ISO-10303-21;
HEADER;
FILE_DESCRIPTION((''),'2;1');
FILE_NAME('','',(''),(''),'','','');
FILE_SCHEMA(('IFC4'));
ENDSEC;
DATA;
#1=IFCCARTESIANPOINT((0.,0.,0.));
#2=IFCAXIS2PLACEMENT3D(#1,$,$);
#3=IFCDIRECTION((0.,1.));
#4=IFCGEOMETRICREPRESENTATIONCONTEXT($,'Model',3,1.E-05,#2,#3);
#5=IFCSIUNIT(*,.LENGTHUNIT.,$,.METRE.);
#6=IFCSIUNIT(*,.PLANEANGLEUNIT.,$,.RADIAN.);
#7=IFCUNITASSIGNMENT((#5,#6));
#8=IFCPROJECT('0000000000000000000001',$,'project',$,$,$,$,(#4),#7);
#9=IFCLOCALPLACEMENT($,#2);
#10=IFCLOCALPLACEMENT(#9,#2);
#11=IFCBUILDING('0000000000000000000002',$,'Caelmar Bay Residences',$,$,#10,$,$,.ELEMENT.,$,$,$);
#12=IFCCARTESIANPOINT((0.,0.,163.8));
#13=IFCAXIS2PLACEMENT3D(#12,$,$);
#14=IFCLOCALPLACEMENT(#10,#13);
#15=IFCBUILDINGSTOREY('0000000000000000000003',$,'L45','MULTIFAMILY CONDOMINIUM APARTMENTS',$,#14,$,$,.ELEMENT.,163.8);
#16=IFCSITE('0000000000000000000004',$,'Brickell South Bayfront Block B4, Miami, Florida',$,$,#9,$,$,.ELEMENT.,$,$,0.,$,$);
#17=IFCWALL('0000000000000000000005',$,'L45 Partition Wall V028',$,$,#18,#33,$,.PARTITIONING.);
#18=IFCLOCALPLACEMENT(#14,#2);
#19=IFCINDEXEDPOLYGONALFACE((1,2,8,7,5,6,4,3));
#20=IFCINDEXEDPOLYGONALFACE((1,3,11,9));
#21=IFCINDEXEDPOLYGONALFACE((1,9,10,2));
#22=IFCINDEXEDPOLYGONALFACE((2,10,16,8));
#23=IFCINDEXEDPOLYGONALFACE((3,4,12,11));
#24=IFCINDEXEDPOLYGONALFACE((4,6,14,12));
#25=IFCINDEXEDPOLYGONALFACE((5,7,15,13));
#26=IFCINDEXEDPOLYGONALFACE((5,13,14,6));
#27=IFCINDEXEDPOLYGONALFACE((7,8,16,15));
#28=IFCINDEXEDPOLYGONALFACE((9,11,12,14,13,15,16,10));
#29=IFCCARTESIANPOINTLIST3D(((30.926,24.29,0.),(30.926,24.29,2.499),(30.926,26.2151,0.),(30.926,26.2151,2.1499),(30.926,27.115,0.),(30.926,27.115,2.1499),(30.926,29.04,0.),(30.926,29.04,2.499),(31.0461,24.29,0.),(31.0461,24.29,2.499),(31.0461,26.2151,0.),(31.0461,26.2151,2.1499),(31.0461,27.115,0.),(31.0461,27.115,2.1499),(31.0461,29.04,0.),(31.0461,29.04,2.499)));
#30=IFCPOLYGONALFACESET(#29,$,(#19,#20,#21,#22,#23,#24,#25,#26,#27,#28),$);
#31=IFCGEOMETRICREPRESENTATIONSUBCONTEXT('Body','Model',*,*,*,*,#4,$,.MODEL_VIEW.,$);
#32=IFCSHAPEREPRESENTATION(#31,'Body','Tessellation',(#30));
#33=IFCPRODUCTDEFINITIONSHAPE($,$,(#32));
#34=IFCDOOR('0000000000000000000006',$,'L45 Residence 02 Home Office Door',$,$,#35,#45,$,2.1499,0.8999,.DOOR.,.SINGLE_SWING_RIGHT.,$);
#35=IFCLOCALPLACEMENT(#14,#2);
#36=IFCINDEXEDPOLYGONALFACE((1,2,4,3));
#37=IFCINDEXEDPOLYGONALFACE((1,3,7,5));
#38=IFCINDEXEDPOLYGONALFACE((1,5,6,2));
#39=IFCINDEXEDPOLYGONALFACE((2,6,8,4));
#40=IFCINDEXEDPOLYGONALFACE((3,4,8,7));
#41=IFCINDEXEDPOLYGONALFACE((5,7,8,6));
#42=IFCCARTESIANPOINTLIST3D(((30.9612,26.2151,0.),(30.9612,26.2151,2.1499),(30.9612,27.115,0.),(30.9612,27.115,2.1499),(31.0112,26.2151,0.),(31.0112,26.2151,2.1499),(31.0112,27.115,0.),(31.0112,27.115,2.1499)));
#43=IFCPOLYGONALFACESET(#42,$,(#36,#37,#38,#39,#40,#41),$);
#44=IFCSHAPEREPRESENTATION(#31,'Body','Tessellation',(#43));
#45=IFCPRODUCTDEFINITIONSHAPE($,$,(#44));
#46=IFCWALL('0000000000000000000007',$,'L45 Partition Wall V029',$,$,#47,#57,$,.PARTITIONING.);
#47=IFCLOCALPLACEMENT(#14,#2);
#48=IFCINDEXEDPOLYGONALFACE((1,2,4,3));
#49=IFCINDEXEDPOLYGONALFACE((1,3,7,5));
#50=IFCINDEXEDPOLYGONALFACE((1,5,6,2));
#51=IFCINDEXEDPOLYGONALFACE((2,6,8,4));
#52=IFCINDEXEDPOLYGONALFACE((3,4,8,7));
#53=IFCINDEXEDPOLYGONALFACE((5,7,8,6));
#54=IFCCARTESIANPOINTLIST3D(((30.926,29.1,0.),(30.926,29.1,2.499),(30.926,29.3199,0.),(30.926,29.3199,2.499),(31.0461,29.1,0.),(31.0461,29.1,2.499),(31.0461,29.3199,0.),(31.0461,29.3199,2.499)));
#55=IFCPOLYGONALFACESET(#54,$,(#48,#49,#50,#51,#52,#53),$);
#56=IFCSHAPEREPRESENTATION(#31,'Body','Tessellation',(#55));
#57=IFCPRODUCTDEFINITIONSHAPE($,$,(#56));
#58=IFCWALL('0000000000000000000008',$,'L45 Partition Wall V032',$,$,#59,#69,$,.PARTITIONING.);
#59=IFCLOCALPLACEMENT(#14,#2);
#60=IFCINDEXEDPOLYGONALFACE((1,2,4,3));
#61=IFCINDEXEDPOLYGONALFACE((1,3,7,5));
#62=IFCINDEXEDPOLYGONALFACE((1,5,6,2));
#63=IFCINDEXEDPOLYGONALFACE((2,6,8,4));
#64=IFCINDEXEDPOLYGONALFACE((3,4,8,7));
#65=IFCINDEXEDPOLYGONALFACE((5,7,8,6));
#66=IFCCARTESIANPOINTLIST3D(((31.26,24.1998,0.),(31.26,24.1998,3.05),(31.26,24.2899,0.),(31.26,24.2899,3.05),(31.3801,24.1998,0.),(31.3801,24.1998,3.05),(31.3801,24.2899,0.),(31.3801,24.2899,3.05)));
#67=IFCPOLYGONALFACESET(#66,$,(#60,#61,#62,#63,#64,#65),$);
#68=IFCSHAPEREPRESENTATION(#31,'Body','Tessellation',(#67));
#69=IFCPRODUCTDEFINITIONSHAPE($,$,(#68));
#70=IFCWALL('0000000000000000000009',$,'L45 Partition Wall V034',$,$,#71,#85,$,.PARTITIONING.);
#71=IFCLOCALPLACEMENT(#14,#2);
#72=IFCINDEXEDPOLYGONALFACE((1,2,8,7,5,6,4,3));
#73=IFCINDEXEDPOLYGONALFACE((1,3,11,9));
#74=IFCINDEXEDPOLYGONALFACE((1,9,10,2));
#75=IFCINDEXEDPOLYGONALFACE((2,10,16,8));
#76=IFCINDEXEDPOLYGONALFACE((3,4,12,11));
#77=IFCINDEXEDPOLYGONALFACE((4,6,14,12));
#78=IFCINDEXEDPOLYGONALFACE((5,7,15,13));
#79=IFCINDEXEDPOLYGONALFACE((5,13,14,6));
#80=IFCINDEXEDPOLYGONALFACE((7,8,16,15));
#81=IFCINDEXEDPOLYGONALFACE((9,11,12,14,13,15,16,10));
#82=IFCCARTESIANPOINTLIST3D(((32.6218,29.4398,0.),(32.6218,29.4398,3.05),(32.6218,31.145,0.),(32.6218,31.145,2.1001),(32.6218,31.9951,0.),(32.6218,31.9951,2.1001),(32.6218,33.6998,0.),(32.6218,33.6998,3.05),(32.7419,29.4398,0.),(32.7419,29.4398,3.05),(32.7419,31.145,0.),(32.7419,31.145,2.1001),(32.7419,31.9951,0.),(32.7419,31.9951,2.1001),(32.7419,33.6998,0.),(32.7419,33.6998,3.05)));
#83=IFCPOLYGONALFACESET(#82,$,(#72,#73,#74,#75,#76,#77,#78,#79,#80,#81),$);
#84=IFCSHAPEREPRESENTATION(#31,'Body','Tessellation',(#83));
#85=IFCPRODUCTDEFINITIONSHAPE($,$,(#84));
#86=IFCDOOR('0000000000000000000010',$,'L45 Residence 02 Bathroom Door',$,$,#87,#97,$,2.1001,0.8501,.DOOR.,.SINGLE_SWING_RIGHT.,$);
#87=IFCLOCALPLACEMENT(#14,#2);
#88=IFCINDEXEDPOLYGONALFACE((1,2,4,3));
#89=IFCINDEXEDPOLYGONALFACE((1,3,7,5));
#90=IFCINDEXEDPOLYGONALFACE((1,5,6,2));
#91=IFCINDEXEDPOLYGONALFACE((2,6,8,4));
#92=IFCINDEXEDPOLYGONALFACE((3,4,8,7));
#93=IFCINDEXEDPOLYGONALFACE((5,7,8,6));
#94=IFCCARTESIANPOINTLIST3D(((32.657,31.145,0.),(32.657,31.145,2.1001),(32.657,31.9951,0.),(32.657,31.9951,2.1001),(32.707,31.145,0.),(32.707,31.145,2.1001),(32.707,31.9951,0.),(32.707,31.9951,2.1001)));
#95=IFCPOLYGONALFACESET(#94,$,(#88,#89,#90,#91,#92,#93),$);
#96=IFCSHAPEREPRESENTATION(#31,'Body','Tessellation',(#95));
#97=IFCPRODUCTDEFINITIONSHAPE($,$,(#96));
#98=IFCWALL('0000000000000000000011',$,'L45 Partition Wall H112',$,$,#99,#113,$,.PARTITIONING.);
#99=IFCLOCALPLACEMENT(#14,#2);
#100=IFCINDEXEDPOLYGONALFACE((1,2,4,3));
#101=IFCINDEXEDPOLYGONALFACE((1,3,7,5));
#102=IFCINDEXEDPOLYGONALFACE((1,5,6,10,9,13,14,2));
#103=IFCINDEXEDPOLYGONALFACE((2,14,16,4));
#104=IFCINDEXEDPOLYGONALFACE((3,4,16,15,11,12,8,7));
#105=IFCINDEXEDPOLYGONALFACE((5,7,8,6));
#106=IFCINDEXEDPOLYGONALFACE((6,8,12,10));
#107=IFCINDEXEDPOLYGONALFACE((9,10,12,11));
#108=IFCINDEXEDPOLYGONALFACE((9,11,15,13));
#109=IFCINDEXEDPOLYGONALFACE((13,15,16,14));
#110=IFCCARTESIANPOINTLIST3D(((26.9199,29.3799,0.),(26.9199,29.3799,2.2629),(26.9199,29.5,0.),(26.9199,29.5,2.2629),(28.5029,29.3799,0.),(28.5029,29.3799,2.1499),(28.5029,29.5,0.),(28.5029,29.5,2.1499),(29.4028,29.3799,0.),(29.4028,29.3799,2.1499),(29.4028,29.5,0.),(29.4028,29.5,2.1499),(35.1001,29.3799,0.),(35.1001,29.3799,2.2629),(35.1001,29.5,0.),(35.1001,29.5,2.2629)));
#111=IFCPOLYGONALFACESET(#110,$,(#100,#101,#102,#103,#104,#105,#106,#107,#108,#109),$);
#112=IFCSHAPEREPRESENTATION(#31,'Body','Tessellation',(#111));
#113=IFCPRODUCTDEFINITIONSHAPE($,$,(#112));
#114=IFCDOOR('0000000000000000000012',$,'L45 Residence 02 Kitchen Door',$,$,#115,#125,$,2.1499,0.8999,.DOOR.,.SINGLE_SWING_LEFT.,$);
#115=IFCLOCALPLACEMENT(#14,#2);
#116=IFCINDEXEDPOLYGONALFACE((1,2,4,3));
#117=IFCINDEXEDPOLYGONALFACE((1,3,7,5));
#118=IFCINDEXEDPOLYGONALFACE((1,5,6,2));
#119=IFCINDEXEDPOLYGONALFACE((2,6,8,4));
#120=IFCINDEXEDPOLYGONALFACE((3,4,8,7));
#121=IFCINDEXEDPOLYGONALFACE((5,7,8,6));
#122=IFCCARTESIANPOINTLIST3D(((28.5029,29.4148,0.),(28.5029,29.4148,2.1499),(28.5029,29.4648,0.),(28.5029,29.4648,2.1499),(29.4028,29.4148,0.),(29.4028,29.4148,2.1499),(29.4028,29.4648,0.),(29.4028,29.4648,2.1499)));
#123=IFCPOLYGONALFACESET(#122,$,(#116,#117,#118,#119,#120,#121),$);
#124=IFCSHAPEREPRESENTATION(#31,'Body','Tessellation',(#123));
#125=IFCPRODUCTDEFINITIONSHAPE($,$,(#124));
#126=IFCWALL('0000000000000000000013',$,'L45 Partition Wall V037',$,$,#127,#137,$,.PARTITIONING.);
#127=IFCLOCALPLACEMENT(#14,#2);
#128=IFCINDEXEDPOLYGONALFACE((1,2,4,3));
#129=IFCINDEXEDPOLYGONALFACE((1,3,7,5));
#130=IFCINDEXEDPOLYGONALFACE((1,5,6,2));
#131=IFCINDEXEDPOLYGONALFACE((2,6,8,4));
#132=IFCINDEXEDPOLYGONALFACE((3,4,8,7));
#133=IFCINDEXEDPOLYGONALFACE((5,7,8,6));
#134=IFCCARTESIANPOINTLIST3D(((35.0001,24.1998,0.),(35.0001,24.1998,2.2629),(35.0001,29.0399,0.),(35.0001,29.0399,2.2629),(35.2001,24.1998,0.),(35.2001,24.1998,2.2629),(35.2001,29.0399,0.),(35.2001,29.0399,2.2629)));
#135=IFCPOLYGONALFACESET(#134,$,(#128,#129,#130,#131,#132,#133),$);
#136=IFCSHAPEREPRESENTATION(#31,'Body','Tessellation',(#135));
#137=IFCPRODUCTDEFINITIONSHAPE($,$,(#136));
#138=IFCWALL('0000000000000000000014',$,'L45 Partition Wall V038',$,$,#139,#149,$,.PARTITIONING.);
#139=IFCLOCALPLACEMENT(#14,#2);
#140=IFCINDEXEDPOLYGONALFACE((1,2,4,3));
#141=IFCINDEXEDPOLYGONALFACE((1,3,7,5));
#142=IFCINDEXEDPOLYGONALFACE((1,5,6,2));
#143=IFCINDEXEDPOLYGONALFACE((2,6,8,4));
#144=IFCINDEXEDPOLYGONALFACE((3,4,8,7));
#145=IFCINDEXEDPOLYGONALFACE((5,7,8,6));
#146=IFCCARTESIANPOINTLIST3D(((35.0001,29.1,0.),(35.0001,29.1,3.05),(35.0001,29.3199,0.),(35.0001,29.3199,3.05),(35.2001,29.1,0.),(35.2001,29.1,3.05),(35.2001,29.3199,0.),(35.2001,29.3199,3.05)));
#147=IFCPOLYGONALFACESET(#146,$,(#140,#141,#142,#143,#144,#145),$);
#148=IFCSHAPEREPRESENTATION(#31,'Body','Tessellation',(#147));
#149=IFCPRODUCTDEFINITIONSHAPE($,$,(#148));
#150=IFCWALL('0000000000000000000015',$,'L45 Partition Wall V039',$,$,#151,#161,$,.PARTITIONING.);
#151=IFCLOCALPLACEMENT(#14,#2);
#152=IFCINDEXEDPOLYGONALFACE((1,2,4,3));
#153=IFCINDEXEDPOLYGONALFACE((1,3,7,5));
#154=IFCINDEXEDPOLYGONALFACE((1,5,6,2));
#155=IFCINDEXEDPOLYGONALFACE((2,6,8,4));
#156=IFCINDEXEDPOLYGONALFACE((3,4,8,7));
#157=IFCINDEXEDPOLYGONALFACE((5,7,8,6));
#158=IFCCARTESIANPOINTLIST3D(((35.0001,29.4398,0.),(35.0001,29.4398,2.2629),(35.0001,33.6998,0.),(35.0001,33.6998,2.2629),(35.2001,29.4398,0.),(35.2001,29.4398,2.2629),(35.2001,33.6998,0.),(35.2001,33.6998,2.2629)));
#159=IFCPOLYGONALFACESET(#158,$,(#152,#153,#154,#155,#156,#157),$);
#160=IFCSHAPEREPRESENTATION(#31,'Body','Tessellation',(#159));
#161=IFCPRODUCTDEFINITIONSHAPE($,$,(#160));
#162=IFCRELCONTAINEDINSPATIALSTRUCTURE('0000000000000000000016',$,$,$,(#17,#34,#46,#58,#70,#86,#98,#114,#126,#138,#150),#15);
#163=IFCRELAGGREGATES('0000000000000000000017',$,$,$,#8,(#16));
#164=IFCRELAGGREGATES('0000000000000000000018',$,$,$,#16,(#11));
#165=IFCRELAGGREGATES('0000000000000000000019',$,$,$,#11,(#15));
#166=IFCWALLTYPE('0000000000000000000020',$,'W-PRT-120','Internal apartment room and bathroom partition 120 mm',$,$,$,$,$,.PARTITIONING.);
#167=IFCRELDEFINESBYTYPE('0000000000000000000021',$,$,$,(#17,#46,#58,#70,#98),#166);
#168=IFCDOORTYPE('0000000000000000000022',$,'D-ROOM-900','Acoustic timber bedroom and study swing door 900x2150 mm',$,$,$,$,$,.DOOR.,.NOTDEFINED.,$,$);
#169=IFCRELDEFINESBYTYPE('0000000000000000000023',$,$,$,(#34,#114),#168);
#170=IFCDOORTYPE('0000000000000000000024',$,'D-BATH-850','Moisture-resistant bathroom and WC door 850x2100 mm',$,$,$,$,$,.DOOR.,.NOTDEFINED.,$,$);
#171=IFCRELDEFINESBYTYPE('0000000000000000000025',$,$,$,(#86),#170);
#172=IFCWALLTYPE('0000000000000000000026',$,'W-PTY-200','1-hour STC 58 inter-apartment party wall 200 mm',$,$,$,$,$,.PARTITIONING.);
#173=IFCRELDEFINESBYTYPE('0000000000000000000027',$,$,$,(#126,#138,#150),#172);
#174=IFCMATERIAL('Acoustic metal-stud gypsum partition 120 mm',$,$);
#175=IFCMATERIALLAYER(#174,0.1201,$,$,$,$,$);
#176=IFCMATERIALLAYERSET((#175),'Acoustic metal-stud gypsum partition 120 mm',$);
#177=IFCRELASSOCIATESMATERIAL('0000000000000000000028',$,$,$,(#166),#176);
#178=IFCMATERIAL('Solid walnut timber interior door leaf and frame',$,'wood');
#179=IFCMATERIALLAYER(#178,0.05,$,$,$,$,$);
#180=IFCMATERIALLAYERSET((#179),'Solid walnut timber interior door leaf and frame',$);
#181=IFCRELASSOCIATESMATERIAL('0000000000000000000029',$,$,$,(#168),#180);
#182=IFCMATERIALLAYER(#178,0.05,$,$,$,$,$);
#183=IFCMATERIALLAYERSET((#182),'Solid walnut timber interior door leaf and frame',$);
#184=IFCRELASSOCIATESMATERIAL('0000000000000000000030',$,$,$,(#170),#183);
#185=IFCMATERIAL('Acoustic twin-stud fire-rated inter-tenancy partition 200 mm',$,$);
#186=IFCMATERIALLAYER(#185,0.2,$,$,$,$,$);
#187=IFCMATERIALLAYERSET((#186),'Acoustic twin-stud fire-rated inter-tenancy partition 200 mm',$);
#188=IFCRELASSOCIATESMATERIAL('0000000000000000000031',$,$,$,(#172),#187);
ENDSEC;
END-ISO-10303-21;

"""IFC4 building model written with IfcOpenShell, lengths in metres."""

from ifc_helpers import new_model, si_unit, direction, frame, frame_2d, origin, place, context, subcontext, project, spatial, rectangle, extrude, material, layer, layer_set, type_object, element, fill, save


model = new_model("IFC4")

# Units and contexts
model_context = context("Model", 3, precision=1e-05, world=origin(), true_north=direction((0.0, 1.0)))
body_context = subcontext(model_context, "Body", "Model", "MODEL_VIEW")
ifc_project = project(units=[si_unit("LENGTHUNIT", "METRE"), si_unit("PLANEANGLEUNIT", "RADIAN")], contexts=[model_context])

# Site, building, storey
site_placement = place(None, origin())
site = spatial("IfcSite", under=ifc_project, at=site_placement, Name="Brickell South Bayfront Block B4, Miami, Florida", CompositionType="ELEMENT", RefElevation=0.0)
building_placement = place(site_placement, origin())
building = spatial("IfcBuilding", under=site, at=building_placement, Name="Caelmar Bay Residences", CompositionType="ELEMENT")
storey_placement = place(building_placement, frame((0.0, 0.0, 163.8)))
storey = spatial("IfcBuildingStorey", under=building, at=storey_placement, Name="L45", Description="MULTIFAMILY CONDOMINIUM APARTMENTS", CompositionType="ELEMENT", Elevation=163.8)

# Wall, opening, door
ifc_material_1 = material(Name="Acoustic metal-stud gypsum partition 120 mm")
ifc_layer_1 = layer(ifc_material_1, 0.1201)
ifc_layer_set_1 = layer_set([ifc_layer_1], Name="Acoustic metal-stud gypsum partition 120 mm")
wall_type_1 = type_object("IfcWallType", Name="W-PRT-120", Description="Internal apartment room and bathroom partition 120 mm", PredefinedType="PARTITIONING", material=ifc_layer_set_1)
wall_1_placement = place(storey_placement, frame((30.9861, 24.29, 0.0), z_axis=(0.0, 0.0, 1.0), x_axis=(0.0, 1.0, 0.0)))
wall_1 = element("IfcWall", 1, at=wall_1_placement, inside=storey, type_object=wall_type_1, Name="L45 Partition Wall V028", PredefinedType="PARTITIONING", context=body_context, shape_type="SweptSolid", body=[
    extrude(rectangle(XDim=4.75, YDim=0.1201, at=frame_2d((2.375, 0.0))), origin(), (0.0, 0.0, 1.0), 2.499),
])
opening_1_placement = place(wall_1_placement, frame((1.925, 0.0, 0.0)))
opening_1 = element("IfcOpeningElement", 2, at=opening_1_placement, cuts=wall_1, PredefinedType="OPENING", context=body_context, shape_type="SweptSolid", body=[
    extrude(rectangle(XDim=0.8999, YDim=2.1499, at=frame_2d((0.45, 1.075))), frame((0.0, 0.0701, 0.0), z_axis=(0.0, -1.0, 0.0), x_axis=(1.0, 0.0, 0.0)), (0.0, 0.0, 1.0), 0.1401),
])
ifc_material_2 = material(Name="Solid walnut timber interior door leaf and frame", Category="wood")
ifc_layer_2 = layer(ifc_material_2, 0.05)
ifc_layer_set_2 = layer_set([ifc_layer_2], Name="Solid walnut timber interior door leaf and frame")
door_type_1 = type_object("IfcDoorType", Name="D-ROOM-900", Description="Acoustic timber bedroom and study swing door 900x2150 mm", OperationType="NOTDEFINED", PredefinedType="DOOR", material=ifc_layer_set_2)
door_1_placement = place(opening_1_placement, origin())
door_1 = element("IfcDoor", 3, at=door_1_placement, inside=storey, type_object=door_type_1, Name="L45 Residence 02 Home Office Door", OperationType="SINGLE_SWING_RIGHT", OverallHeight=2.1499, OverallWidth=0.8999, PredefinedType="DOOR", context=body_context, shape_type="SweptSolid", body=[
    extrude(rectangle(XDim=0.8999, YDim=2.1499, at=frame_2d((0.45, 1.075))), frame((0.0, 0.0249, 0.0), z_axis=(0.0, -1.0, 0.0), x_axis=(1.0, 0.0, 0.0)), (0.0, 0.0, 1.0), 0.05),
])
fill(opening_1, door_1)

# Walls
wall_2_placement = place(storey_placement, frame((30.9861, 29.1001, 0.0), z_axis=(0.0, 0.0, 1.0), x_axis=(0.0, 1.0, 0.0)))
element("IfcWall", 4, at=wall_2_placement, inside=storey, type_object=wall_type_1, Name="L45 Partition Wall V029", PredefinedType="PARTITIONING", context=body_context, shape_type="SweptSolid", body=[
    extrude(rectangle(XDim=0.22, YDim=0.1201, at=frame_2d((0.1099, 0.0))), origin(), (0.0, 0.0, 1.0), 2.499),
])
wall_3_placement = place(storey_placement, frame((31.3201, 24.2, 0.0), z_axis=(0.0, 0.0, 1.0), x_axis=(0.0, 1.0, 0.0)))
element("IfcWall", 5, at=wall_3_placement, inside=storey, type_object=wall_type_1, Name="L45 Partition Wall V032", PredefinedType="PARTITIONING", context=body_context, shape_type="SweptSolid", body=[
    extrude(rectangle(XDim=0.0901, YDim=0.1201, at=frame_2d((0.0449, 0.0))), origin(), (0.0, 0.0, 1.0), 3.05),
])

# Walls, openings, doors
wall_4_placement = place(storey_placement, frame((32.6819, 29.4399, 0.0), z_axis=(0.0, 0.0, 1.0), x_axis=(0.0, 1.0, 0.0)))
wall_4 = element("IfcWall", 6, at=wall_4_placement, inside=storey, type_object=wall_type_1, Name="L45 Partition Wall V034", PredefinedType="PARTITIONING", context=body_context, shape_type="SweptSolid", body=[
    extrude(rectangle(XDim=4.26, YDim=0.1201, at=frame_2d((2.1299, 0.0))), origin(), (0.0, 0.0, 1.0), 3.05),
])
opening_2_placement = place(wall_4_placement, frame((1.7051, 0.0, 0.0)))
opening_2 = element("IfcOpeningElement", 7, at=opening_2_placement, cuts=wall_4, PredefinedType="OPENING", context=body_context, shape_type="SweptSolid", body=[
    extrude(rectangle(XDim=0.8501, YDim=2.1001, at=frame_2d((0.425, 1.05))), frame((0.0, 0.0701, 0.0), z_axis=(0.0, -1.0, 0.0), x_axis=(1.0, 0.0, 0.0)), (0.0, 0.0, 1.0), 0.1401),
])
ifc_layer_3 = layer(ifc_material_2, 0.05)
ifc_layer_set_3 = layer_set([ifc_layer_3], Name="Solid walnut timber interior door leaf and frame")
door_type_2 = type_object("IfcDoorType", Name="D-BATH-850", Description="Moisture-resistant bathroom and WC door 850x2100 mm", OperationType="NOTDEFINED", PredefinedType="DOOR", material=ifc_layer_set_3)
door_2_placement = place(opening_2_placement, origin())
door_2 = element("IfcDoor", 8, at=door_2_placement, inside=storey, type_object=door_type_2, Name="L45 Residence 02 Bathroom Door", OperationType="SINGLE_SWING_RIGHT", OverallHeight=2.1001, OverallWidth=0.8501, PredefinedType="DOOR", context=body_context, shape_type="SweptSolid", body=[
    extrude(rectangle(XDim=0.8501, YDim=2.1001, at=frame_2d((0.425, 1.05))), frame((0.0, 0.0249, 0.0), z_axis=(0.0, -1.0, 0.0), x_axis=(1.0, 0.0, 0.0)), (0.0, 0.0, 1.0), 0.05),
])
fill(opening_2, door_2)
wall_5_placement = place(storey_placement, frame((26.9199, 29.4399, 0.0), z_axis=(0.0, 0.0, 1.0), x_axis=(1.0, 0.0, 0.0)))
wall_5 = element("IfcWall", 9, at=wall_5_placement, inside=storey, type_object=wall_type_1, Name="L45 Partition Wall H112", PredefinedType="PARTITIONING", context=body_context, shape_type="SweptSolid", body=[
    extrude(rectangle(XDim=8.1802, YDim=0.1201, at=frame_2d((4.0901, 0.0))), origin(), (0.0, 0.0, 1.0), 2.2629),
])
opening_3_placement = place(wall_5_placement, frame((1.583, 0.0, 0.0)))
opening_3 = element("IfcOpeningElement", 10, at=opening_3_placement, cuts=wall_5, PredefinedType="OPENING", context=body_context, shape_type="SweptSolid", body=[
    extrude(rectangle(XDim=0.8999, YDim=2.1499, at=frame_2d((0.45, 1.075))), frame((0.0, 0.0701, 0.0), z_axis=(0.0, -1.0, 0.0), x_axis=(1.0, 0.0, 0.0)), (0.0, 0.0, 1.0), 0.1401),
])
door_3_placement = place(opening_3_placement, origin())
door_3 = element("IfcDoor", 11, at=door_3_placement, inside=storey, type_object=door_type_1, Name="L45 Residence 02 Kitchen Door", OperationType="SINGLE_SWING_LEFT", OverallHeight=2.1499, OverallWidth=0.8999, PredefinedType="DOOR", context=body_context, shape_type="SweptSolid", body=[
    extrude(rectangle(XDim=0.8999, YDim=2.1499, at=frame_2d((0.45, 1.075))), frame((0.0, 0.0249, 0.0), z_axis=(0.0, -1.0, 0.0), x_axis=(1.0, 0.0, 0.0)), (0.0, 0.0, 1.0), 0.05),
])
fill(opening_3, door_3)

# Walls
ifc_material_3 = material(Name="Acoustic twin-stud fire-rated inter-tenancy partition 200 mm")
ifc_layer_4 = layer(ifc_material_3, 0.2)
ifc_layer_set_4 = layer_set([ifc_layer_4], Name="Acoustic twin-stud fire-rated inter-tenancy partition 200 mm")
wall_type_2 = type_object("IfcWallType", Name="W-PTY-200", Description="1-hour STC 58 inter-apartment party wall 200 mm", PredefinedType="PARTITIONING", material=ifc_layer_set_4)
wall_6_placement = place(storey_placement, frame((35.1001, 24.2, 0.0), z_axis=(0.0, 0.0, 1.0), x_axis=(0.0, 1.0, 0.0)))
element("IfcWall", 12, at=wall_6_placement, inside=storey, type_object=wall_type_2, Name="L45 Partition Wall V037", PredefinedType="PARTITIONING", context=body_context, shape_type="SweptSolid", body=[
    extrude(rectangle(XDim=4.8401, YDim=0.2, at=frame_2d((2.4199, 0.0))), origin(), (0.0, 0.0, 1.0), 2.2629),
])
wall_7_placement = place(storey_placement, frame((35.1001, 29.1001, 0.0), z_axis=(0.0, 0.0, 1.0), x_axis=(0.0, 1.0, 0.0)))
element("IfcWall", 13, at=wall_7_placement, inside=storey, type_object=wall_type_2, Name="L45 Partition Wall V038", PredefinedType="PARTITIONING", context=body_context, shape_type="SweptSolid", body=[
    extrude(rectangle(XDim=0.22, YDim=0.2, at=frame_2d((0.1099, 0.0))), origin(), (0.0, 0.0, 1.0), 3.05),
])
wall_8_placement = place(storey_placement, frame((35.1001, 29.4399, 0.0), z_axis=(0.0, 0.0, 1.0), x_axis=(0.0, 1.0, 0.0)))
element("IfcWall", 14, at=wall_8_placement, inside=storey, type_object=wall_type_2, Name="L45 Partition Wall V039", PredefinedType="PARTITIONING", context=body_context, shape_type="SweptSolid", body=[
    extrude(rectangle(XDim=4.26, YDim=0.2, at=frame_2d((2.1299, 0.0))), origin(), (0.0, 0.0, 1.0), 2.2629),
])

save(model, "model.ifc")
